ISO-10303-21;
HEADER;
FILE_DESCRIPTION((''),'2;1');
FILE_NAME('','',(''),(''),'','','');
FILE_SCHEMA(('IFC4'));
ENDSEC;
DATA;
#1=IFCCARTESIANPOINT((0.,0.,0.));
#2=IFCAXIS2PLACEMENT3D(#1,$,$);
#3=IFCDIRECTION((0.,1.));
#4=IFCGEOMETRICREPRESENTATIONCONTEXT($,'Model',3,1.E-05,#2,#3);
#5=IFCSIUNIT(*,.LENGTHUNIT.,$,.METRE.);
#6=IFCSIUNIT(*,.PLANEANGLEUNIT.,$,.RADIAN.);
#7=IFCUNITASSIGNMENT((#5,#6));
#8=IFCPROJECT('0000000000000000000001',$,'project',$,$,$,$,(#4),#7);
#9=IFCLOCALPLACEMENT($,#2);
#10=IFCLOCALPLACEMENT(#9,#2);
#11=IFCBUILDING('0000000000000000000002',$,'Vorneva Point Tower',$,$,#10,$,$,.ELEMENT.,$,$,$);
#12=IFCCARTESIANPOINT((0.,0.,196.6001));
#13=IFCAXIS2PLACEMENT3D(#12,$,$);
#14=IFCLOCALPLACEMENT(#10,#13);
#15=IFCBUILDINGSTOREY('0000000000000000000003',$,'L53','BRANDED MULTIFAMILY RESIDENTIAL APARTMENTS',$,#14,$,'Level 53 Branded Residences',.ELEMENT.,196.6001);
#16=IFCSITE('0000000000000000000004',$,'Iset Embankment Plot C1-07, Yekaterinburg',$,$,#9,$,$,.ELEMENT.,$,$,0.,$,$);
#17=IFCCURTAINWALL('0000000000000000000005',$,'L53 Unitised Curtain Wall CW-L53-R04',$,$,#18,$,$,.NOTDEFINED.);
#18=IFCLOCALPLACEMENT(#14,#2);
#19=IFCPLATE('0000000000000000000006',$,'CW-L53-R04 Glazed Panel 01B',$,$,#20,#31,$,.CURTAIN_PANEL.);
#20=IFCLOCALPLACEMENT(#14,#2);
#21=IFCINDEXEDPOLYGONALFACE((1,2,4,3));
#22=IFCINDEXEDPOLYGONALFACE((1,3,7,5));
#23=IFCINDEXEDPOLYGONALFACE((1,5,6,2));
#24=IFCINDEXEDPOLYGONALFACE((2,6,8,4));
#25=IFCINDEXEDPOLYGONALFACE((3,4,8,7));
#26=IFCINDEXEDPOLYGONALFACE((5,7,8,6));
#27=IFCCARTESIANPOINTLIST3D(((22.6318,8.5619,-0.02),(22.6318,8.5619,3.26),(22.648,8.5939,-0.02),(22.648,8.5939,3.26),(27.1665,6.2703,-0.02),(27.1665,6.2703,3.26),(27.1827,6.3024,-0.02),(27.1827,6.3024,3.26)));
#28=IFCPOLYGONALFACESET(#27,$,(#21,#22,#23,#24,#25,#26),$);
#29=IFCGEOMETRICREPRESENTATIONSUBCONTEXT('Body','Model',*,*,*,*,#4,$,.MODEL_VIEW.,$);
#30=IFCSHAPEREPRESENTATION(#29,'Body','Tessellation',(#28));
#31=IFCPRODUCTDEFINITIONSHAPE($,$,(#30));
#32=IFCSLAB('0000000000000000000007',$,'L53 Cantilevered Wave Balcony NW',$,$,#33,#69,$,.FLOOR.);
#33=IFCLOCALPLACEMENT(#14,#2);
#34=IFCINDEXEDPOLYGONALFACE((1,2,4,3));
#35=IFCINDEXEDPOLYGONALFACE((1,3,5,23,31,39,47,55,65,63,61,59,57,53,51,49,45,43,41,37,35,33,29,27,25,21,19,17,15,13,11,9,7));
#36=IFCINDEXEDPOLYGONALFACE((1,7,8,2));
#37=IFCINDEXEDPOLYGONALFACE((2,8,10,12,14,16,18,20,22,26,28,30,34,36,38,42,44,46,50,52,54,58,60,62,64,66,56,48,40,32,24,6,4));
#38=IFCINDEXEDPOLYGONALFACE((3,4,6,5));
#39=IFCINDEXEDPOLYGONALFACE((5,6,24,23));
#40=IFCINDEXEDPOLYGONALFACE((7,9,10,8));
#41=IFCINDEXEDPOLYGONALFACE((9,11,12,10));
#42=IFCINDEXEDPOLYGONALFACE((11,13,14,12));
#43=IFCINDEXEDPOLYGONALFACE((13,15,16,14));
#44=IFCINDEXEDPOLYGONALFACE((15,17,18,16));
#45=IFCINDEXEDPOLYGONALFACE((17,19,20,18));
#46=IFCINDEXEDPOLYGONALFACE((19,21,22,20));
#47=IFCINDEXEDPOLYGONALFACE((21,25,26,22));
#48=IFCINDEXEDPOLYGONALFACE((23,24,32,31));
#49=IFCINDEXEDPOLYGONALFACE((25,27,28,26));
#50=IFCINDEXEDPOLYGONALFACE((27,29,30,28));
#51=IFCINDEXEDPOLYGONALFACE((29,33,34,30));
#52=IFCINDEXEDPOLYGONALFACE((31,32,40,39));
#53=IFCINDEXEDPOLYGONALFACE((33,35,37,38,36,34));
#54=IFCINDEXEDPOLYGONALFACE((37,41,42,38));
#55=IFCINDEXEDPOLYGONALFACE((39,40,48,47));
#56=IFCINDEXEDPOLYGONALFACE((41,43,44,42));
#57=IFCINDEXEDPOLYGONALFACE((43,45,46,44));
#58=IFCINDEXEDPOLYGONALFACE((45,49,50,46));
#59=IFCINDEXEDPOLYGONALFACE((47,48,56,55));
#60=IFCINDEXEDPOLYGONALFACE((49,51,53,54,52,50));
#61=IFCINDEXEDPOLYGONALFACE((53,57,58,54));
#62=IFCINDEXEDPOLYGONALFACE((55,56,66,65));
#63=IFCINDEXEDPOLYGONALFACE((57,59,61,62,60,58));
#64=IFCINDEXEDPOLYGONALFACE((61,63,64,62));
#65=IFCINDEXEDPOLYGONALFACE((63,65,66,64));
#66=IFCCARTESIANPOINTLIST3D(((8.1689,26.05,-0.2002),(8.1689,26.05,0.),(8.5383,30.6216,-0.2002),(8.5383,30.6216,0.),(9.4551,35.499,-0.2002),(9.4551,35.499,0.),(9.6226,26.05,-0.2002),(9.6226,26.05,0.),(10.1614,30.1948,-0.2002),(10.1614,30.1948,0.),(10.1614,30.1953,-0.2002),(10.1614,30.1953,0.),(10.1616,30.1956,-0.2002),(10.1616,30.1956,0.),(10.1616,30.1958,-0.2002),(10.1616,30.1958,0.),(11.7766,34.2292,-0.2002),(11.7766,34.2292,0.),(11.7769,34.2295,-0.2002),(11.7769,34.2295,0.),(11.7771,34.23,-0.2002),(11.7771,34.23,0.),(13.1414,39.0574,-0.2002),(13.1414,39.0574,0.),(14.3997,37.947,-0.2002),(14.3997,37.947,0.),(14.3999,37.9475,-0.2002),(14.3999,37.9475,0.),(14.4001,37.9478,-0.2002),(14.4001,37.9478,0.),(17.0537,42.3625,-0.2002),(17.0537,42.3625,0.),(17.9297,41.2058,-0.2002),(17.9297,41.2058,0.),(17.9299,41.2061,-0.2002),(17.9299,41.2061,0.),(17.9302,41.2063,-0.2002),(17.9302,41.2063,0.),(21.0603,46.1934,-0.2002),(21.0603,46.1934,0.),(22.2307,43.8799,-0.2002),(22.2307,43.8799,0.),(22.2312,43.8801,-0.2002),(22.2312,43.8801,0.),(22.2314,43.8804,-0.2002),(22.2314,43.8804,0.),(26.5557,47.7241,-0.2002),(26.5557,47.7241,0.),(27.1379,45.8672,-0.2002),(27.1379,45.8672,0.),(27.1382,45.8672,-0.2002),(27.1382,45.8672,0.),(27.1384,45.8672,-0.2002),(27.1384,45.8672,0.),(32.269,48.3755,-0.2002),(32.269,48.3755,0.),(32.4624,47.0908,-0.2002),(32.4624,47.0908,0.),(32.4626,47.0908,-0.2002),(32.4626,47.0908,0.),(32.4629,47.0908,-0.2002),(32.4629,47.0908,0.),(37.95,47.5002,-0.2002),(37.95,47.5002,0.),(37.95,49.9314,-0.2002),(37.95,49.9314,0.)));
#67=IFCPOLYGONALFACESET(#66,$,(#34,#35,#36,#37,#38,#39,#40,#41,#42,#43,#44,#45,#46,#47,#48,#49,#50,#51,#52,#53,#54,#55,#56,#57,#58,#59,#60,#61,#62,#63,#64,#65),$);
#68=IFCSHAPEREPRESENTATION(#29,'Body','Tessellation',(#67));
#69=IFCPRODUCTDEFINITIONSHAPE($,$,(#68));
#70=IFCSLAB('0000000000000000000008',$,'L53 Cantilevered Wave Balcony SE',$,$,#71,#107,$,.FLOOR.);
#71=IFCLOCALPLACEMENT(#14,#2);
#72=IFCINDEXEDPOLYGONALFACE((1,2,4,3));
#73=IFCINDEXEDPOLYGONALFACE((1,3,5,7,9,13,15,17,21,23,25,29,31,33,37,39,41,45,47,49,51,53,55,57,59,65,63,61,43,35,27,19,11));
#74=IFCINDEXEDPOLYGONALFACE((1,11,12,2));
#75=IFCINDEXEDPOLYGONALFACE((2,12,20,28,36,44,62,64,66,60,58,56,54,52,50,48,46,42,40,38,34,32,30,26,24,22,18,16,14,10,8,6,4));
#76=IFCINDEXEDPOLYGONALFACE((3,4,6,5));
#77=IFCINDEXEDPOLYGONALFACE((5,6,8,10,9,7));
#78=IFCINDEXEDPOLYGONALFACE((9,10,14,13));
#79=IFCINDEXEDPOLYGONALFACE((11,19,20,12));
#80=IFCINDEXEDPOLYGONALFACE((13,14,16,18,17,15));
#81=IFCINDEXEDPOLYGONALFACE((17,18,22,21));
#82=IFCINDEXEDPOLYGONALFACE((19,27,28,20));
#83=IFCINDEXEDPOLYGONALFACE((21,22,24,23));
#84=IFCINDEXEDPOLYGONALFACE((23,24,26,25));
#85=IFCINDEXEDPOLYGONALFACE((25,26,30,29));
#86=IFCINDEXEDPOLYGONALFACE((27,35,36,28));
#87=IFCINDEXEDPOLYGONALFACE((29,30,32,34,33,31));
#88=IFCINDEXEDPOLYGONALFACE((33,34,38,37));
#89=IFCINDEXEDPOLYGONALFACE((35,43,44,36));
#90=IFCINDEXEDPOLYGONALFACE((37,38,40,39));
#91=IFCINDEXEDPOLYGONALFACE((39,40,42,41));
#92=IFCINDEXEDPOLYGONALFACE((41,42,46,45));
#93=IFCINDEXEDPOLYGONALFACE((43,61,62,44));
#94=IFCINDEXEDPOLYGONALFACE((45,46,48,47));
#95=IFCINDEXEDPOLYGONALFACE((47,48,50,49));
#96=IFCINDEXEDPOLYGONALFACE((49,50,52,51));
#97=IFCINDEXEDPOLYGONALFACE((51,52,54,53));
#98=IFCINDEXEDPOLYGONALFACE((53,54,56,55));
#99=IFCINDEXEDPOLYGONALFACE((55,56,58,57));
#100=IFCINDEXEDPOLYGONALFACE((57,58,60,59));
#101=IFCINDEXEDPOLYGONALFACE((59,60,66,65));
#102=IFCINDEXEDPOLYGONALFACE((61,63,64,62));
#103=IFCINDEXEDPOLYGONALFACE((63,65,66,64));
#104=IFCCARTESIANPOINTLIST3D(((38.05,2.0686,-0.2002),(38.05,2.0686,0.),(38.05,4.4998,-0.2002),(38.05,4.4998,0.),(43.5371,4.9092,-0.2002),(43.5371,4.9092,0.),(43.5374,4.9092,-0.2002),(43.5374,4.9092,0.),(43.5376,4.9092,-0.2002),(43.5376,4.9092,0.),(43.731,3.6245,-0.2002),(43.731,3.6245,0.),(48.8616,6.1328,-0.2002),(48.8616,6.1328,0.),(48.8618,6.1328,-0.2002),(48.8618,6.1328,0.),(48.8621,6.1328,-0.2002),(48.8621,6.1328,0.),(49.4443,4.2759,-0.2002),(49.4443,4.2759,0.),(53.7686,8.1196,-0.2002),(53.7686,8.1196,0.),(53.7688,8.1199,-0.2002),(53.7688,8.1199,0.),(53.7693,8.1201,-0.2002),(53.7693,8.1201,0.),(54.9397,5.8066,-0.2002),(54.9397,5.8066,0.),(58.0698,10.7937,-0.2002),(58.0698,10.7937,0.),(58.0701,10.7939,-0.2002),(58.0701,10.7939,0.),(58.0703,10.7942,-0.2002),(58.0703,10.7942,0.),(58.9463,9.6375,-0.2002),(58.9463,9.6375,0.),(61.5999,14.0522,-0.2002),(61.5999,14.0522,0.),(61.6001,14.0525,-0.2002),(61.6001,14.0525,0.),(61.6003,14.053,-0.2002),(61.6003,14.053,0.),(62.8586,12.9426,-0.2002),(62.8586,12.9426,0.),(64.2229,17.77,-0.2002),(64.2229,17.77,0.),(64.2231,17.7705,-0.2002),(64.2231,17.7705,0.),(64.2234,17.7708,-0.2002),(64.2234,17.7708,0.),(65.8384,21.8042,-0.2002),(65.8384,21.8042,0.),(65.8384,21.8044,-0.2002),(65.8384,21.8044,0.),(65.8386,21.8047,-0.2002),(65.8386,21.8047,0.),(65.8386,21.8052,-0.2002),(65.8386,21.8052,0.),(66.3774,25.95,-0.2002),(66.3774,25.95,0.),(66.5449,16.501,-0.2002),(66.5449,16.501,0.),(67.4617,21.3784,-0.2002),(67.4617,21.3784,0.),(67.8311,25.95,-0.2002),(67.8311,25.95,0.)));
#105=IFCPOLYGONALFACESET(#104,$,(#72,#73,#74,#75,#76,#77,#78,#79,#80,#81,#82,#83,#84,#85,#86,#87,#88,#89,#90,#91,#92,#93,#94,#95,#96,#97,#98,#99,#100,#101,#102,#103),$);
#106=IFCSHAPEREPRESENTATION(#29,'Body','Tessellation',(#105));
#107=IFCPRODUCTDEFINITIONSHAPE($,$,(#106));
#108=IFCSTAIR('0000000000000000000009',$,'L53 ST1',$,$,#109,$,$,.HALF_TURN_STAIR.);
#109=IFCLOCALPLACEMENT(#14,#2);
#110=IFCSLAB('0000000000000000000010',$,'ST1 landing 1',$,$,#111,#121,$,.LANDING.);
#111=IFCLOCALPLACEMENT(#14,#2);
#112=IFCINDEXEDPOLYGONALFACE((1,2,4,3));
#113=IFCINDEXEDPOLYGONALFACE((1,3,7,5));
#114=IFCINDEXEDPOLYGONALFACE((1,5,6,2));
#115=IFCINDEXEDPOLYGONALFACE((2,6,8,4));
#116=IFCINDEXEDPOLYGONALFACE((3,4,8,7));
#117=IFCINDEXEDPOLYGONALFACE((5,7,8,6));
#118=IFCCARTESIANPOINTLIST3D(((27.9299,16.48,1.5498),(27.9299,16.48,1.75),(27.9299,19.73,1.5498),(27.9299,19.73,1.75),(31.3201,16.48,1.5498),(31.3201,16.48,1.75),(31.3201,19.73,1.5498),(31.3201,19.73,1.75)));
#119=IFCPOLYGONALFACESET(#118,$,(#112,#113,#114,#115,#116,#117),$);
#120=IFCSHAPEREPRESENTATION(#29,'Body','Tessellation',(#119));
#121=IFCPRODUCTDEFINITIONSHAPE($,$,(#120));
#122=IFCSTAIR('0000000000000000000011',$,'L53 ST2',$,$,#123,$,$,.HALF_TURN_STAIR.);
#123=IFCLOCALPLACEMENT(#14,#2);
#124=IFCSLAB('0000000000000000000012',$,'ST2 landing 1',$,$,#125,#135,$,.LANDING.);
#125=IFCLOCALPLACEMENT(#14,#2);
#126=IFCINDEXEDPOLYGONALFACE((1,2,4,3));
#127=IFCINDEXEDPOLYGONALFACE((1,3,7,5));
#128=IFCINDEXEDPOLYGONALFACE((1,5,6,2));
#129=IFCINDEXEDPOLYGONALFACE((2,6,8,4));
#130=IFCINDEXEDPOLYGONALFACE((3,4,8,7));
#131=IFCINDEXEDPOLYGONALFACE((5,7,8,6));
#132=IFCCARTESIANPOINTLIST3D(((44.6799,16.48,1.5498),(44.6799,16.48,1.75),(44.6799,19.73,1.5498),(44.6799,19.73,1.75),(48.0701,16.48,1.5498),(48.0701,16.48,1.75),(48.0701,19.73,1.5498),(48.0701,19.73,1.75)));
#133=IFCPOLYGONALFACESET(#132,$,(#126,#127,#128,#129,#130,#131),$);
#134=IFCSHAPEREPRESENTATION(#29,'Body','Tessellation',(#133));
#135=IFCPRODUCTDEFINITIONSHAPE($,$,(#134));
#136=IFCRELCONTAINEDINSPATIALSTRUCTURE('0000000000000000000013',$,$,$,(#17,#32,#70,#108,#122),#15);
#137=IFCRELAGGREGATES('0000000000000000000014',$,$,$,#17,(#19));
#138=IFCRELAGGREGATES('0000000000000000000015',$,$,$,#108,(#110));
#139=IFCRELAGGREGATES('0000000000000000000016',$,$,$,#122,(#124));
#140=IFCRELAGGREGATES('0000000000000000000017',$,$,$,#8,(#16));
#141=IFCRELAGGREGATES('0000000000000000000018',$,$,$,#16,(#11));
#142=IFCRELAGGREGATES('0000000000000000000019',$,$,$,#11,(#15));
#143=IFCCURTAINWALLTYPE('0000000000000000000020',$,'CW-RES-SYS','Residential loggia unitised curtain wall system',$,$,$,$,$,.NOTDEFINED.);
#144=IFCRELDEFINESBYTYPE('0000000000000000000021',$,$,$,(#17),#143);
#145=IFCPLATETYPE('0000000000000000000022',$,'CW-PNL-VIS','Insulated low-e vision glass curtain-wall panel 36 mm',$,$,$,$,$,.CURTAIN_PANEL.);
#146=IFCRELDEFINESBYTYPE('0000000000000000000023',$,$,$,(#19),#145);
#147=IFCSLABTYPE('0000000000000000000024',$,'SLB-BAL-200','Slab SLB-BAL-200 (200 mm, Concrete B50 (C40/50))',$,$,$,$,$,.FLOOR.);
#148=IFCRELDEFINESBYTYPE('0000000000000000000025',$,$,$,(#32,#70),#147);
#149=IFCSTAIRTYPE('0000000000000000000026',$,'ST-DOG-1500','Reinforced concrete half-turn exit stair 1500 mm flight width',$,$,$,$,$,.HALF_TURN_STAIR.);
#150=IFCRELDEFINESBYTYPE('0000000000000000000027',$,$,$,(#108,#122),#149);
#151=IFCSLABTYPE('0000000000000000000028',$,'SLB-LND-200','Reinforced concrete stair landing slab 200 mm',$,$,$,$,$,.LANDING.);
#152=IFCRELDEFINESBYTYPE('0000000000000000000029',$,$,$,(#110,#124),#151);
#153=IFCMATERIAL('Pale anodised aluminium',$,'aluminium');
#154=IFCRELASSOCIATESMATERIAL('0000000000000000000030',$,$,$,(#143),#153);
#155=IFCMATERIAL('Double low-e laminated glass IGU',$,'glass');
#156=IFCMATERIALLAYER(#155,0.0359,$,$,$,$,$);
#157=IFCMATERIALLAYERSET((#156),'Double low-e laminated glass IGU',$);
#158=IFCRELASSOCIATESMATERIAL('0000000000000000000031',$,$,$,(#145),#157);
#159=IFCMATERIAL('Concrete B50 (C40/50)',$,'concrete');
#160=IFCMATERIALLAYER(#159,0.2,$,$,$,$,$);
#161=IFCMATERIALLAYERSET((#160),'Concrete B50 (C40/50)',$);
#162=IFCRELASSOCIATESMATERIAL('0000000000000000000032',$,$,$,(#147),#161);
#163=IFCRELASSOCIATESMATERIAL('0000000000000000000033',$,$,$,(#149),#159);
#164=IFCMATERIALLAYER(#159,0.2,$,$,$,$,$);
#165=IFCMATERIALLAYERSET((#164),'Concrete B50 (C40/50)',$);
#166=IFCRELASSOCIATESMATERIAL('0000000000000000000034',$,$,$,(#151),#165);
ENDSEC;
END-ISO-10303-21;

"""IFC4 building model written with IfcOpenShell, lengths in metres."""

from ifc_helpers import new_model, si_unit, direction, frame, origin, origin_2d, place, context, subcontext, project, spatial, polyline, rectangle, outline, extrude, material, layer, layer_set, type_object, element, aggregate, save


model = new_model("IFC4")

# Units and contexts
model_context = context("Model", 3, precision=1e-05, world=origin(), true_north=direction((0.0, 1.0)))
body_context = subcontext(model_context, "Body", "Model", "MODEL_VIEW")
ifc_project = project(units=[si_unit("LENGTHUNIT", "METRE"), si_unit("PLANEANGLEUNIT", "RADIAN")], contexts=[model_context])

# Site, building, storey
site_placement = place(None, origin())
site = spatial("IfcSite", under=ifc_project, at=site_placement, Name="Iset Embankment Plot C1-07, Yekaterinburg", CompositionType="ELEMENT", RefElevation=0.0)
building_placement = place(site_placement, origin())
building = spatial("IfcBuilding", under=site, at=building_placement, Name="Vorneva Point Tower", CompositionType="ELEMENT")
storey_placement = place(building_placement, frame((0.0, 0.0, 196.6001)))
storey = spatial("IfcBuildingStorey", under=building, at=storey_placement, Name="L53", Description="BRANDED MULTIFAMILY RESIDENTIAL APARTMENTS", LongName="Level 53 Branded Residences", CompositionType="ELEMENT", Elevation=196.6001)

# Shared definitions
ifc_material_1 = material(Name="Concrete B50 (C40/50)", Category="concrete")

# Curtain wall, plate
ifc_material_2 = material(Name="Pale anodised aluminium", Category="aluminium")
curtain_wall_type = type_object("IfcCurtainWallType", Name="CW-RES-SYS", Description="Residential loggia unitised curtain wall system", PredefinedType="NOTDEFINED", material=ifc_material_2)
curtain_wall_placement = place(storey_placement, origin())
curtain_wall = element("IfcCurtainWall", 1, at=curtain_wall_placement, inside=storey, type_object=curtain_wall_type, Name="L53 Unitised Curtain Wall CW-L53-R04", PredefinedType="NOTDEFINED")
ifc_material_3 = material(Name="Double low-e laminated glass IGU", Category="glass")
ifc_layer_1 = layer(ifc_material_3, 0.0359)
ifc_layer_set_1 = layer_set([ifc_layer_1], Name="Double low-e laminated glass IGU")
plate_type = type_object("IfcPlateType", Name="CW-PNL-VIS", Description="Insulated low-e vision glass curtain-wall panel 36 mm", PredefinedType="CURTAIN_PANEL", material=ifc_layer_set_1)
plate_1_placement = place(storey_placement, frame((24.9072, 7.4321, -0.02), z_axis=(0.0, 0.0, 1.0), x_axis=(0.892515, -0.451018, 0.0)))
plate_1 = element("IfcPlate", 2, at=plate_1_placement, type_object=plate_type, Name="CW-L53-R04 Glazed Panel 01B", PredefinedType="CURTAIN_PANEL", context=body_context, shape_type="SweptSolid", body=[
    extrude(rectangle(XDim=5.0808, YDim=0.0359, at=origin_2d()), origin(), (0.0, 0.0, 1.0), 3.28),
])
aggregate(curtain_wall, [plate_1])

# Slabs
ifc_layer_2 = layer(ifc_material_1, 0.2)
ifc_layer_set_2 = layer_set([ifc_layer_2], Name="Concrete B50 (C40/50)")
slab_type_1 = type_object("IfcSlabType", Name="SLB-BAL-200", Description="Slab SLB-BAL-200 (200 mm, Concrete B50 (C40/50))", PredefinedType="FLOOR", material=ifc_layer_set_2)
slab_1_placement = place(storey_placement, frame((0.0, 0.0, -0.2002)))
element("IfcSlab", 3, at=slab_1_placement, inside=storey, type_object=slab_type_1, Name="L53 Cantilevered Wave Balcony NW", PredefinedType="FLOOR", context=body_context, shape_type="SweptSolid", body=[
    extrude(outline(polyline([(8.1689, 26.05), (9.6226, 26.05), (10.1614, 30.1948), (10.1614, 30.1953), (10.1616, 30.1956), (10.1616, 30.1958), (11.7766, 34.2292), (11.7769, 34.2295), (11.7771, 34.23), (14.3997, 37.947), (14.3999, 37.9475), (14.4001, 37.9478), (17.9297, 41.2058), (17.9299, 41.2061), (17.9302, 41.2063), (22.2307, 43.8799), (22.2312, 43.8801), (22.2314, 43.8804), (27.1379, 45.8672), (27.1382, 45.8672), (27.1384, 45.8672), (32.4624, 47.0908), (32.4626, 47.0908), (32.4629, 47.0908), (37.95, 47.5002), (37.95, 49.9314), (32.269, 48.3755), (26.5557, 47.7241), (21.0603, 46.1934), (17.0537, 42.3625), (13.1414, 39.0574), (9.4551, 35.499), (8.5383, 30.6216), (8.1689, 26.05)])), origin(), (0.0, 0.0, 1.0), 0.2002),
])
slab_2_placement = place(storey_placement, frame((0.0, 0.0, -0.2002)))
element("IfcSlab", 4, at=slab_2_placement, inside=storey, type_object=slab_type_1, Name="L53 Cantilevered Wave Balcony SE", PredefinedType="FLOOR", context=body_context, shape_type="SweptSolid", body=[
    extrude(outline(polyline([(67.4617, 21.3784), (67.8311, 25.95), (66.3774, 25.95), (65.8386, 21.8052), (65.8386, 21.8047), (65.8384, 21.8044), (65.8384, 21.8042), (64.2234, 17.7708), (64.2231, 17.7705), (64.2229, 17.77), (61.6003, 14.053), (61.6001, 14.0525), (61.5999, 14.0522), (58.0703, 10.7942), (58.0701, 10.7939), (58.0698, 10.7937), (53.7693, 8.1201), (53.7688, 8.1199), (53.7686, 8.1196), (48.8621, 6.1328), (48.8618, 6.1328), (48.8616, 6.1328), (43.5376, 4.9092), (43.5374, 4.9092), (43.5371, 4.9092), (38.05, 4.4998), (38.05, 2.0686), (43.731, 3.6245), (49.4443, 4.2759), (54.9397, 5.8066), (58.9463, 9.6375), (62.8586, 12.9426), (66.5449, 16.501), (67.4617, 21.3784)])), origin(), (0.0, 0.0, 1.0), 0.2002),
])

# Stairs, slabs
stair_type = type_object("IfcStairType", Name="ST-DOG-1500", Description="Reinforced concrete half-turn exit stair 1500 mm flight width", PredefinedType="HALF_TURN_STAIR", material=ifc_material_1)
stair_1_placement = place(storey_placement, origin())
stair_1 = element("IfcStair", 5, at=stair_1_placement, inside=storey, type_object=stair_type, Name="L53 ST1", PredefinedType="HALF_TURN_STAIR")
ifc_layer_3 = layer(ifc_material_1, 0.2)
ifc_layer_set_3 = layer_set([ifc_layer_3], Name="Concrete B50 (C40/50)")
slab_type_2 = type_object("IfcSlabType", Name="SLB-LND-200", Description="Reinforced concrete stair landing slab 200 mm", PredefinedType="LANDING", material=ifc_layer_set_3)
slab_3_placement = place(storey_placement, frame((0.0, 0.0, 1.5498)))
slab_3 = element("IfcSlab", 6, at=slab_3_placement, type_object=slab_type_2, Name="ST1 landing 1", PredefinedType="LANDING", context=body_context, shape_type="SweptSolid", body=[
    extrude(outline(polyline([(27.9299, 16.48), (31.3201, 16.48), (31.3201, 19.73), (27.9299, 19.73), (27.9299, 16.48)])), origin(), (0.0, 0.0, 1.0), 0.2002),
])
aggregate(stair_1, [slab_3])
stair_2_placement = place(storey_placement, origin())
stair_2 = element("IfcStair", 7, at=stair_2_placement, inside=storey, type_object=stair_type, Name="L53 ST2", PredefinedType="HALF_TURN_STAIR")
slab_4_placement = place(storey_placement, frame((0.0, 0.0, 1.5498)))
slab_4 = element("IfcSlab", 8, at=slab_4_placement, type_object=slab_type_2, Name="ST2 landing 1", PredefinedType="LANDING", context=body_context, shape_type="SweptSolid", body=[
    extrude(outline(polyline([(44.6799, 16.48), (48.0701, 16.48), (48.0701, 19.73), (44.6799, 19.73), (44.6799, 16.48)])), origin(), (0.0, 0.0, 1.0), 0.2002),
])
aggregate(stair_2, [slab_4])

save(model, "model.ifc")
